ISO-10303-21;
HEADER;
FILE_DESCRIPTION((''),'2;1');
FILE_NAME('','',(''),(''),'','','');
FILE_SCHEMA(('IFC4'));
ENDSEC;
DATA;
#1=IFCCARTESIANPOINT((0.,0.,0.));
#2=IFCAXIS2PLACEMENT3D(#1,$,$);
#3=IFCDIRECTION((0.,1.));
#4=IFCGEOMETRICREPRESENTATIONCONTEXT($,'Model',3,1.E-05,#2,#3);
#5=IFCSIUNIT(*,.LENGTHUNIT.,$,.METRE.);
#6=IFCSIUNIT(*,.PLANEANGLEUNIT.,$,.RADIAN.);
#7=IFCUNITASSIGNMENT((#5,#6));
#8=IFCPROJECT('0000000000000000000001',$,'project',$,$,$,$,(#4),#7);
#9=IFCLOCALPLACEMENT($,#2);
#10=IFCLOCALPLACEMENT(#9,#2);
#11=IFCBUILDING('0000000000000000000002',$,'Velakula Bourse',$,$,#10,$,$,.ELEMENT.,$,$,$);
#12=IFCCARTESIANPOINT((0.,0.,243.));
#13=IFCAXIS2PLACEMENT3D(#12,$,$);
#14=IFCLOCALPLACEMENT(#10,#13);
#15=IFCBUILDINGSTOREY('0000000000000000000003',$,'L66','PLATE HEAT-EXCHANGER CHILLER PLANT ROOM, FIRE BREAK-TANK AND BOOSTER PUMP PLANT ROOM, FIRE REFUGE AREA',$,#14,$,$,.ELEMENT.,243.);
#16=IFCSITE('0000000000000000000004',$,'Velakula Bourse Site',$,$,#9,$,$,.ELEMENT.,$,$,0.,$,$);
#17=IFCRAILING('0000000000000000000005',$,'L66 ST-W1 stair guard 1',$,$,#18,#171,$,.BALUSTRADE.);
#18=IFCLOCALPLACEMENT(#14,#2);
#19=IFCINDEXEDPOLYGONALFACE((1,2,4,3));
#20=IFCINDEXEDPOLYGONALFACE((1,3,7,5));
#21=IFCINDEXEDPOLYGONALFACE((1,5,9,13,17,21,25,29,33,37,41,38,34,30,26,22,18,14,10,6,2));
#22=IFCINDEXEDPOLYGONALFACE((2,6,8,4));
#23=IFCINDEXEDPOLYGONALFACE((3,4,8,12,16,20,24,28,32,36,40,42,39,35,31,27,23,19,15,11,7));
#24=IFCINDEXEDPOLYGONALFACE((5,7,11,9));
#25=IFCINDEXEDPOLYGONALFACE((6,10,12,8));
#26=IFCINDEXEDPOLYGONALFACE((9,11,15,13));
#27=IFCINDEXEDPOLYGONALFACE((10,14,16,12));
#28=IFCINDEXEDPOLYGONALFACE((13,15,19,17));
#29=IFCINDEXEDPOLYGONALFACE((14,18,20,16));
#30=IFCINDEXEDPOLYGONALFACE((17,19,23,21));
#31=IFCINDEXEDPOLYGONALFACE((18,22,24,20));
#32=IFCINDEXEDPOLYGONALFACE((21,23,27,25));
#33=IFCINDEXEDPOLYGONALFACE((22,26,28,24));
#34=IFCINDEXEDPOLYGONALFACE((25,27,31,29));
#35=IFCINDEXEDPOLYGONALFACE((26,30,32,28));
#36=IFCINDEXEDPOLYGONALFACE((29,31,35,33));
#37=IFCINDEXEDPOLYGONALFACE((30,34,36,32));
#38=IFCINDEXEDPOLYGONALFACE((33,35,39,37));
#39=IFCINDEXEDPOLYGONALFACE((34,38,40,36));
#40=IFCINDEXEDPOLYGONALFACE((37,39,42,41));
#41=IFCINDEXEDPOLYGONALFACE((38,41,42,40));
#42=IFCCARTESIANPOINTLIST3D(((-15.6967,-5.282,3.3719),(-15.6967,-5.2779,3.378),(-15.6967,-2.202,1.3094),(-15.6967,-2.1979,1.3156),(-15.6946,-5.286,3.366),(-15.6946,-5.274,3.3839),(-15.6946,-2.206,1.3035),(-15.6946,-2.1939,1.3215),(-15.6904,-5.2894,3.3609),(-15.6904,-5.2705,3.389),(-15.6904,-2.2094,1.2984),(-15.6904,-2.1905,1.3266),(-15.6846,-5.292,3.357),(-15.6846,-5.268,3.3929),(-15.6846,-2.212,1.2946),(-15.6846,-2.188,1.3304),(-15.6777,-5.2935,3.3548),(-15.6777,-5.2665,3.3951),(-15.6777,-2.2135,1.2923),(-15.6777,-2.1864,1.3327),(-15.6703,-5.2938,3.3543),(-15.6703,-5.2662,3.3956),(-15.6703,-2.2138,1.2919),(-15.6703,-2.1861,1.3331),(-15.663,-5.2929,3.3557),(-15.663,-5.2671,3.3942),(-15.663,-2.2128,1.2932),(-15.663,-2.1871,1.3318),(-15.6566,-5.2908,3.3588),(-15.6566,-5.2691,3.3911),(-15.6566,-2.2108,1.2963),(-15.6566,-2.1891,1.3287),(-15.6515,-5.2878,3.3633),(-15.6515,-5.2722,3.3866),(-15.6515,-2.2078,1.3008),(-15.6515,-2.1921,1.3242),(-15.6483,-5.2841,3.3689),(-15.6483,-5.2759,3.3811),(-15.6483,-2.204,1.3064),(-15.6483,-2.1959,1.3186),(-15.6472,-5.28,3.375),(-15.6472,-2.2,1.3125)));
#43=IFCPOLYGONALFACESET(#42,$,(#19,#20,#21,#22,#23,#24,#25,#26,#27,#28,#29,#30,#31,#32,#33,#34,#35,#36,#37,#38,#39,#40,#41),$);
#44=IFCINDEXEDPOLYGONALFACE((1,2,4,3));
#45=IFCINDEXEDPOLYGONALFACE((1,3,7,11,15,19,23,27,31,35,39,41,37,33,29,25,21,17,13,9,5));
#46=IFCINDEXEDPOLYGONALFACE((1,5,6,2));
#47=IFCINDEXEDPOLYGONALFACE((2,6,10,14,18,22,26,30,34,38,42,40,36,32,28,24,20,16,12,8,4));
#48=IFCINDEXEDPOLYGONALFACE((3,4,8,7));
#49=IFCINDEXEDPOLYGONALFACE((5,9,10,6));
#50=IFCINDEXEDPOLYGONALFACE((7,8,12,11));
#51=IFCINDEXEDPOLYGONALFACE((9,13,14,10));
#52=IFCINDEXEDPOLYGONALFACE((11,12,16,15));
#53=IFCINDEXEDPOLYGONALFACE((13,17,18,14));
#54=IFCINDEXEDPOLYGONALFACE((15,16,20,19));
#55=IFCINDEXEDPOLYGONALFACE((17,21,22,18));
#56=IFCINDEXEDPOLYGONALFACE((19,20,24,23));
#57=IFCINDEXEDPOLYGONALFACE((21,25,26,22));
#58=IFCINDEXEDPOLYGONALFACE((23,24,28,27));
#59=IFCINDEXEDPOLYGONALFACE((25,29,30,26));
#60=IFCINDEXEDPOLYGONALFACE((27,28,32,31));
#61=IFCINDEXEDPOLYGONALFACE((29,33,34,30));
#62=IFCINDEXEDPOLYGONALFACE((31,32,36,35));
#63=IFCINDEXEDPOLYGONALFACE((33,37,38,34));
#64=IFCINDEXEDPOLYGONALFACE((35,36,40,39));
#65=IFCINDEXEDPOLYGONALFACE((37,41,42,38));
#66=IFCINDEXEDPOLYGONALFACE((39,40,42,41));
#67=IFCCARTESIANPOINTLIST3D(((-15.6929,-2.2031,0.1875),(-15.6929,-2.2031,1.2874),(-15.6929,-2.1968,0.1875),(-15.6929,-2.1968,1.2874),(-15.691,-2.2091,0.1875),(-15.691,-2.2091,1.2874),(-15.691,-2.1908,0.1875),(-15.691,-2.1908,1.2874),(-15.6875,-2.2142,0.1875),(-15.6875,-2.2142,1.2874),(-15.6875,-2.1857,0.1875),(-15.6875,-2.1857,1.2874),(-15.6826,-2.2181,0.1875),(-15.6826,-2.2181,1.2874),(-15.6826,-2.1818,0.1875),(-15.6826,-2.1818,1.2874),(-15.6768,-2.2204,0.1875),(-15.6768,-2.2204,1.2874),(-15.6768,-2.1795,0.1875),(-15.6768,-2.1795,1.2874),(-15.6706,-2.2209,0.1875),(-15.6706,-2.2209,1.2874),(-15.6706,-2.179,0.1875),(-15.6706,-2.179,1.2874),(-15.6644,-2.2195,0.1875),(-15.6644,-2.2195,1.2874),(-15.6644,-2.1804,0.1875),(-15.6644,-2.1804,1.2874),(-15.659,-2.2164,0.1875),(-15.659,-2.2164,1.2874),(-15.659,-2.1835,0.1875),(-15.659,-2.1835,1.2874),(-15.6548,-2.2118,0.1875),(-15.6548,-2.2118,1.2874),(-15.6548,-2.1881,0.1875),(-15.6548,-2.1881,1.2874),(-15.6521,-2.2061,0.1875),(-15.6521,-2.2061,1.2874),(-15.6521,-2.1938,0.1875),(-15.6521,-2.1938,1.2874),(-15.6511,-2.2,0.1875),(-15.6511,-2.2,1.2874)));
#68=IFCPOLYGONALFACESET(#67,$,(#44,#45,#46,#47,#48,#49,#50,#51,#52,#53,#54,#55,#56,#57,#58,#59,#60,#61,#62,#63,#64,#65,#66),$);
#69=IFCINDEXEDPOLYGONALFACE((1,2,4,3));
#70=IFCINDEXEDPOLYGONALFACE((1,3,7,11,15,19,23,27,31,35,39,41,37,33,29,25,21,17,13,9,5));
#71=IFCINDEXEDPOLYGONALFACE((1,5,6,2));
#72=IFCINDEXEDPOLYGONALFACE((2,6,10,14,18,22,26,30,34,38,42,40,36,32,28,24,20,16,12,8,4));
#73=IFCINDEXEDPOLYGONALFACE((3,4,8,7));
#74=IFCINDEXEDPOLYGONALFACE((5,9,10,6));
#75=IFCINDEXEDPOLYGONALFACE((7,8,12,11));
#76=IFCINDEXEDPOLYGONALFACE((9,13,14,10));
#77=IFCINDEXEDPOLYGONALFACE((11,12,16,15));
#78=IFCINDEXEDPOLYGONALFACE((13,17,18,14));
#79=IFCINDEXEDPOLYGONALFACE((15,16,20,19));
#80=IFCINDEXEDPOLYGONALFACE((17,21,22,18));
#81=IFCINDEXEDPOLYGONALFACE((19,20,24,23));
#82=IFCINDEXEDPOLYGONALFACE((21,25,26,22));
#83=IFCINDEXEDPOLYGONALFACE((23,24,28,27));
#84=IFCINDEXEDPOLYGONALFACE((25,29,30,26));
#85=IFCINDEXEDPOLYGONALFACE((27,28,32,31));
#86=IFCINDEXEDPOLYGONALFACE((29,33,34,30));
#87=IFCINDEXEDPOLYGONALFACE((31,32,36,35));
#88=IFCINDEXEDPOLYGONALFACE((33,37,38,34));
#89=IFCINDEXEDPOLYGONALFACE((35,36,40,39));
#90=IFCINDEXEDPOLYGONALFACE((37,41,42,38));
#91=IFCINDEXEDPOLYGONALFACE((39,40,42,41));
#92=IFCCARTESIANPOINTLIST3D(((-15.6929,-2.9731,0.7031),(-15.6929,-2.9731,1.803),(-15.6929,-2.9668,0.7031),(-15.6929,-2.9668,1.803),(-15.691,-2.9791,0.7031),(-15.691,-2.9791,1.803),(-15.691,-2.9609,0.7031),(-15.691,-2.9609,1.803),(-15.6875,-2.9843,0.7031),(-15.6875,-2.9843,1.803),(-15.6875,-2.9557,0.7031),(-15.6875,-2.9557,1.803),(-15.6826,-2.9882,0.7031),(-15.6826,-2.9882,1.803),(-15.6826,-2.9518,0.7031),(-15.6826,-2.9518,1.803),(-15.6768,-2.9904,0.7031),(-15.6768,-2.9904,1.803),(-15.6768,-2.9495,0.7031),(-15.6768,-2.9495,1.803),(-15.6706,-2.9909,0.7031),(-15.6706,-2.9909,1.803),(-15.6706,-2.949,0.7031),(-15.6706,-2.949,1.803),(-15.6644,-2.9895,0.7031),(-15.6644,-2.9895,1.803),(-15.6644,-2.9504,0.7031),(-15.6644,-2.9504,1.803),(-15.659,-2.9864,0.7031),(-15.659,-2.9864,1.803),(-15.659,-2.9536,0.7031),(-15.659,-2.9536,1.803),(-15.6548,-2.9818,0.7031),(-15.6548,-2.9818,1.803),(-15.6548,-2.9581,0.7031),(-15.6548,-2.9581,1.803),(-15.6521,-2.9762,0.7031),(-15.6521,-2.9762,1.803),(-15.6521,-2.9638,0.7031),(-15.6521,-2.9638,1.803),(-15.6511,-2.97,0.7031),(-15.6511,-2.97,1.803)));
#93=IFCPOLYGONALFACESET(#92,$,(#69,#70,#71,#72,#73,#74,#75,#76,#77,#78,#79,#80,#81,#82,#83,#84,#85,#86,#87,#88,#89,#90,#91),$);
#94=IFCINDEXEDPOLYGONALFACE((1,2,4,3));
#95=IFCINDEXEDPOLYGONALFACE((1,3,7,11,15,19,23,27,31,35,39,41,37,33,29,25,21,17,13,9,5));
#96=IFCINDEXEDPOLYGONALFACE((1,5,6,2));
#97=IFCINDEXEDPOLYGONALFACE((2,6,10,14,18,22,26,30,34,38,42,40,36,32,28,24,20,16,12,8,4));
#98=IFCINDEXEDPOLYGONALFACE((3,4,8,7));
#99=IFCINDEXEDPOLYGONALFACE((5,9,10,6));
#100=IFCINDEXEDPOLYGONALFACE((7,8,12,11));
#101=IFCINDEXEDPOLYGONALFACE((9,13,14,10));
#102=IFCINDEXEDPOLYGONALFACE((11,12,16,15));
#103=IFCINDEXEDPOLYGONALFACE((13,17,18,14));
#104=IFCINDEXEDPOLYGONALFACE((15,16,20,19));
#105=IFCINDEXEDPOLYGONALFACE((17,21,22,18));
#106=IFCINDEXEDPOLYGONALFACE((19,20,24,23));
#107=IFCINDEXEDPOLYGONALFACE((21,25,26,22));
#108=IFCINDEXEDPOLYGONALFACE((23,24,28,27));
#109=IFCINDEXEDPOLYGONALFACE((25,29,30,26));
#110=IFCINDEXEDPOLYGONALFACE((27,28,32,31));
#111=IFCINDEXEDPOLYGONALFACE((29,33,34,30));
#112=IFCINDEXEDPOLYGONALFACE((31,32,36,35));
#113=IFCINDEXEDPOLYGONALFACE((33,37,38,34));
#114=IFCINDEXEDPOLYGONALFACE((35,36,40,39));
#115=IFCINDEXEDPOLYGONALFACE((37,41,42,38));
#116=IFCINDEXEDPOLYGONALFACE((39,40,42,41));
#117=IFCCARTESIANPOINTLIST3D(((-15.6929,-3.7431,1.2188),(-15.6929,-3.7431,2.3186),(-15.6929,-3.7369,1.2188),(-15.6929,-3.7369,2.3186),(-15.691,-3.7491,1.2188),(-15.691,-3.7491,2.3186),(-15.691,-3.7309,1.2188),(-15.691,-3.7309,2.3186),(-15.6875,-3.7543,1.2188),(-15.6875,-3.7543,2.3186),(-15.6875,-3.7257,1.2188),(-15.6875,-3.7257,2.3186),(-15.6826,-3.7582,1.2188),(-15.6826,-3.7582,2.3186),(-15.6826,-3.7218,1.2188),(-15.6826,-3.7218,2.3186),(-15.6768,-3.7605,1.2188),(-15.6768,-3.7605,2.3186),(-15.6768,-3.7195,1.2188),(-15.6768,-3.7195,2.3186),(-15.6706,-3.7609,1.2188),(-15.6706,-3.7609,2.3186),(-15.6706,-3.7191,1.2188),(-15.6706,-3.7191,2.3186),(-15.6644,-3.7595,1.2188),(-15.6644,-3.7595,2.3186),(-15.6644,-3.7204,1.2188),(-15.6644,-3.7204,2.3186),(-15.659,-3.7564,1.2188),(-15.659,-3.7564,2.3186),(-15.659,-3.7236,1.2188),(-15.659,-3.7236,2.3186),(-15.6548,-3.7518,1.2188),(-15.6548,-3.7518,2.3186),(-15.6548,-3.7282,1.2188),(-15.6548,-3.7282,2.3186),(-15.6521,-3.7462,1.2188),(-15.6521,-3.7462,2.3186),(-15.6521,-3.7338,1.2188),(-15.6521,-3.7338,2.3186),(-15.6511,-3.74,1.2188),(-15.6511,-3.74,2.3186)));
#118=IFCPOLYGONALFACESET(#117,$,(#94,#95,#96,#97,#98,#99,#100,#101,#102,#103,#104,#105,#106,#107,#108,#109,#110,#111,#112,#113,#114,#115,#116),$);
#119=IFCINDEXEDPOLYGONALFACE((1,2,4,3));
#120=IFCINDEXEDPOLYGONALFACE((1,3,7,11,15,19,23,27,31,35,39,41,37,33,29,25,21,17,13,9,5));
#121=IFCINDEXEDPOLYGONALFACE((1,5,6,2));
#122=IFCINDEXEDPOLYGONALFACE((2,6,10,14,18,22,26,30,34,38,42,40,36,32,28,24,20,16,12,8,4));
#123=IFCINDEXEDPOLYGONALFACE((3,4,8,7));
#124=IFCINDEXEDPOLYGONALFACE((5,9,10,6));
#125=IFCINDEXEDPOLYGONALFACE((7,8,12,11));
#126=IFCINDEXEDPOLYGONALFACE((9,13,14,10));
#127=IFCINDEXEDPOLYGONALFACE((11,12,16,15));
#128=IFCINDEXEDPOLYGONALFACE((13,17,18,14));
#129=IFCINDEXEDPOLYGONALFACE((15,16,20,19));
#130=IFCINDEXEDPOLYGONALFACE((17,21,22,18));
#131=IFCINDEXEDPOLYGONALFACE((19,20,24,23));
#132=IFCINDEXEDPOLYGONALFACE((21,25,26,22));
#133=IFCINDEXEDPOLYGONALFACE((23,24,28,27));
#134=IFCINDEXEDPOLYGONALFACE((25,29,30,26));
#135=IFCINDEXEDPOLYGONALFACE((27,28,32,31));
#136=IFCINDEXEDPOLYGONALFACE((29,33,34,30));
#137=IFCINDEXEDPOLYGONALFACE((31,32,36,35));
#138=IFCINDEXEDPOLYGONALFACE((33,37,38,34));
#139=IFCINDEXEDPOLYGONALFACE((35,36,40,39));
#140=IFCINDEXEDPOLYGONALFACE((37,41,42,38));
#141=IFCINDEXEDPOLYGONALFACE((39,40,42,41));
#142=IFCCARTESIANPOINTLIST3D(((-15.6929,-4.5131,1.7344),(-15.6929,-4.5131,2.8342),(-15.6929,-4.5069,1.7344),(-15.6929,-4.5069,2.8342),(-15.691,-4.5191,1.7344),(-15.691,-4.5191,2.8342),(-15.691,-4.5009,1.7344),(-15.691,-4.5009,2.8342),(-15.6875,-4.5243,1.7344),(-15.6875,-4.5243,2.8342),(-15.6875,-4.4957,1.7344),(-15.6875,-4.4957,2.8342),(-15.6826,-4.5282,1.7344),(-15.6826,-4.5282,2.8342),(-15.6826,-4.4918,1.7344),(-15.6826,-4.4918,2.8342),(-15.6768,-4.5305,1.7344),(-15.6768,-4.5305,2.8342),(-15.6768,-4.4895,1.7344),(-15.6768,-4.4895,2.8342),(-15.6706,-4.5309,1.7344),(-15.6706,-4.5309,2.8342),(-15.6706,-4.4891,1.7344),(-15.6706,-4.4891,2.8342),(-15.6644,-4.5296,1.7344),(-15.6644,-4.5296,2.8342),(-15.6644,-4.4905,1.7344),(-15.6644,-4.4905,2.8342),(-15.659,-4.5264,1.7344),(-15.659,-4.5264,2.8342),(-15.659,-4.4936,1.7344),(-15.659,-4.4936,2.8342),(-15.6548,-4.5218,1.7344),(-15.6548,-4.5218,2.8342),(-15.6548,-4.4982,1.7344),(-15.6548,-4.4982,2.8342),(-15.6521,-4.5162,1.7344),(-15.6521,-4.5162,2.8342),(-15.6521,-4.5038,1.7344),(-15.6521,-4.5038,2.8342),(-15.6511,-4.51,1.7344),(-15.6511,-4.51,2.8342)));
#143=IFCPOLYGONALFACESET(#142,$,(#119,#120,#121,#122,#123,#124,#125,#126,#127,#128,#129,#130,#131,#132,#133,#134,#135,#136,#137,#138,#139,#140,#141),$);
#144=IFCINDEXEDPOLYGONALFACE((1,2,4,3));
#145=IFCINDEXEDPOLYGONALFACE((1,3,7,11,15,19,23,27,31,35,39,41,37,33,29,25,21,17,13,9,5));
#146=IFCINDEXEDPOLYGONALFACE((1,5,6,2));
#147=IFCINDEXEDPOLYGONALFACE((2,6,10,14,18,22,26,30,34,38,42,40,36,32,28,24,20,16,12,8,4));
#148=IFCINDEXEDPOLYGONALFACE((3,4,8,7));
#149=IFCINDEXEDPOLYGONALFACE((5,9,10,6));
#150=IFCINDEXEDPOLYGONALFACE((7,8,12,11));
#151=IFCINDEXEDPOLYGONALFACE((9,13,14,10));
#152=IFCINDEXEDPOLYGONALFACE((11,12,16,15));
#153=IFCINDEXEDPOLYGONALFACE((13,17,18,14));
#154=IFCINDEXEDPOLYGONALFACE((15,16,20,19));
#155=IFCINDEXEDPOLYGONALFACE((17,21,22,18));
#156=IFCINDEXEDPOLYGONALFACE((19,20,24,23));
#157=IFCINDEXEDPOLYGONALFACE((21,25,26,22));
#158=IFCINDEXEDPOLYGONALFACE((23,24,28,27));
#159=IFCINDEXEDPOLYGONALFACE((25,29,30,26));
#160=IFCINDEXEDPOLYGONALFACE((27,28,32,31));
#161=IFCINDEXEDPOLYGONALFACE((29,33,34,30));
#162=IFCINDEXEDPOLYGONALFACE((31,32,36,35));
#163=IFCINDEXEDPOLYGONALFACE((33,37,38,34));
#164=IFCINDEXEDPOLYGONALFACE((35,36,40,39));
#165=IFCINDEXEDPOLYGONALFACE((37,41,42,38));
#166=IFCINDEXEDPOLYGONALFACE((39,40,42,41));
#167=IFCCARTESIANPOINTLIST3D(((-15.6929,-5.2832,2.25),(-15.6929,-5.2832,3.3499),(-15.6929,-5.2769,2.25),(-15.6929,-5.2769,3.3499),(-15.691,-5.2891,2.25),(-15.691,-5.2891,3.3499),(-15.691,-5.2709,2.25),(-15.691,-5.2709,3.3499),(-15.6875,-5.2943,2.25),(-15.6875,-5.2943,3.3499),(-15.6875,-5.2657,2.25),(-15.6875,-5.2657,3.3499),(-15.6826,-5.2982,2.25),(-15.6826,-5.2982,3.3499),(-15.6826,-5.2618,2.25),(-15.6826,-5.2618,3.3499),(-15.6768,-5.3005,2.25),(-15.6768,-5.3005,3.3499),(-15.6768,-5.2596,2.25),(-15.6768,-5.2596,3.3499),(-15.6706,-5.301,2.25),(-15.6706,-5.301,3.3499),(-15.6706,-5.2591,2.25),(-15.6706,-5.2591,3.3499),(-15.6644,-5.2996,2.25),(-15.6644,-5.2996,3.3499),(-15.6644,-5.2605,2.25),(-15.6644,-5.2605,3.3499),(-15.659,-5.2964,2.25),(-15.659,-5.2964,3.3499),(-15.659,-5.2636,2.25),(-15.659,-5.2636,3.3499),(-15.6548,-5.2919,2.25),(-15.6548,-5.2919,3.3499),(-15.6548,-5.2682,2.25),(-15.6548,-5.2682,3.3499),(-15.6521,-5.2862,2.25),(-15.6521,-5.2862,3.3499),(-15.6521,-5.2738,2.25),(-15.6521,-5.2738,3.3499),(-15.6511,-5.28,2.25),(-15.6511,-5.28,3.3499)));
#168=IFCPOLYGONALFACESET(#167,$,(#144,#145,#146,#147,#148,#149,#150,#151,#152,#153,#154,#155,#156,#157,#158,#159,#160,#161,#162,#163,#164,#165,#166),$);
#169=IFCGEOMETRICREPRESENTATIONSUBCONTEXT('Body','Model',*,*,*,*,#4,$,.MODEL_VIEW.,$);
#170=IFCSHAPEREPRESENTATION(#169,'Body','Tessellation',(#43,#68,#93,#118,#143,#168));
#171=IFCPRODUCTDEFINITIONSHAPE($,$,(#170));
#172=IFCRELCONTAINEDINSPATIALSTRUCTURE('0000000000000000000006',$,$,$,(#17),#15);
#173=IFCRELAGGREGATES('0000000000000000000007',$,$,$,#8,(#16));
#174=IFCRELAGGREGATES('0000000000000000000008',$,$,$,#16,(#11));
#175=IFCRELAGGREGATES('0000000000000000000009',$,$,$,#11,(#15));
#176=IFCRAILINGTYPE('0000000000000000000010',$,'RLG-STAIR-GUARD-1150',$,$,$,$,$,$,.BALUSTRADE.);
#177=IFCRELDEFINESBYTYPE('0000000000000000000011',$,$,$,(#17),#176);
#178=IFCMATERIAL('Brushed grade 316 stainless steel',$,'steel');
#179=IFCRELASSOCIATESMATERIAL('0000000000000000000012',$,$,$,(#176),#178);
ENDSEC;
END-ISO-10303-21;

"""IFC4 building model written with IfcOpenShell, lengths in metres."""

from ifc_helpers import new_model, si_unit, direction, frame, origin, origin_2d, place, context, subcontext, project, spatial, circle, extrude, material, type_object, element, save


model = new_model("IFC4")

# Units and contexts
model_context = context("Model", 3, precision=1e-05, world=origin(), true_north=direction((0.0, 1.0)))
body_context = subcontext(model_context, "Body", "Model", "MODEL_VIEW")
ifc_project = project(units=[si_unit("LENGTHUNIT", "METRE"), si_unit("PLANEANGLEUNIT", "RADIAN")], contexts=[model_context])

# Site, building, storey
site_placement = place(None, origin())
site = spatial("IfcSite", under=ifc_project, at=site_placement, Name="Velakula Bourse Site", CompositionType="ELEMENT", RefElevation=0.0)
building_placement = place(site_placement, origin())
building = spatial("IfcBuilding", under=site, at=building_placement, Name="Velakula Bourse", CompositionType="ELEMENT")
storey_placement = place(building_placement, frame((0.0, 0.0, 243.0)))
storey = spatial("IfcBuildingStorey", under=building, at=storey_placement, Name="L66", Description="PLATE HEAT-EXCHANGER CHILLER PLANT ROOM, FIRE BREAK-TANK AND BOOSTER PUMP PLANT ROOM, FIRE REFUGE AREA", CompositionType="ELEMENT", Elevation=243.0)

# Shared definitions
ifc_material_1 = material(Name="Brushed grade 316 stainless steel", Category="steel")

# Railing
railing_type_1 = type_object("IfcRailingType", Name="RLG-STAIR-GUARD-1150", PredefinedType="BALUSTRADE", material=ifc_material_1)
railing_1_placement = place(storey_placement, frame((-15.6721, -2.2, 0.1875)))
element("IfcRailing", 1, at=railing_1_placement, inside=storey, type_object=railing_type_1, Name="L66 ST-W1 stair guard 1", PredefinedType="BALUSTRADE", context=body_context, shape_type="SweptSolid", body=[
    extrude(circle(Radius=0.0249, at=origin_2d()), frame((0.0, 0.0, 1.125), z_axis=(0.0, -0.830914, 0.556401), x_axis=(1.0, 0.0, 0.0)), (0.0, 0.0, 1.0), 3.7068),
    extrude(circle(Radius=0.021, at=origin_2d()), origin(), (0.0, 0.0, 1.0), 1.0999),
    extrude(circle(Radius=0.021, at=origin_2d()), frame((0.0, -0.77, 0.5156)), (0.0, 0.0, 1.0), 1.0999),
    extrude(circle(Radius=0.021, at=origin_2d()), frame((0.0, -1.54, 1.0312)), (0.0, 0.0, 1.0), 1.0999),
    extrude(circle(Radius=0.021, at=origin_2d()), frame((0.0, -2.3101, 1.5469)), (0.0, 0.0, 1.0), 1.0999),
    extrude(circle(Radius=0.021, at=origin_2d()), frame((0.0, -3.0801, 2.0625)), (0.0, 0.0, 1.0), 1.0999),
])

save(model, "model.ifc")
